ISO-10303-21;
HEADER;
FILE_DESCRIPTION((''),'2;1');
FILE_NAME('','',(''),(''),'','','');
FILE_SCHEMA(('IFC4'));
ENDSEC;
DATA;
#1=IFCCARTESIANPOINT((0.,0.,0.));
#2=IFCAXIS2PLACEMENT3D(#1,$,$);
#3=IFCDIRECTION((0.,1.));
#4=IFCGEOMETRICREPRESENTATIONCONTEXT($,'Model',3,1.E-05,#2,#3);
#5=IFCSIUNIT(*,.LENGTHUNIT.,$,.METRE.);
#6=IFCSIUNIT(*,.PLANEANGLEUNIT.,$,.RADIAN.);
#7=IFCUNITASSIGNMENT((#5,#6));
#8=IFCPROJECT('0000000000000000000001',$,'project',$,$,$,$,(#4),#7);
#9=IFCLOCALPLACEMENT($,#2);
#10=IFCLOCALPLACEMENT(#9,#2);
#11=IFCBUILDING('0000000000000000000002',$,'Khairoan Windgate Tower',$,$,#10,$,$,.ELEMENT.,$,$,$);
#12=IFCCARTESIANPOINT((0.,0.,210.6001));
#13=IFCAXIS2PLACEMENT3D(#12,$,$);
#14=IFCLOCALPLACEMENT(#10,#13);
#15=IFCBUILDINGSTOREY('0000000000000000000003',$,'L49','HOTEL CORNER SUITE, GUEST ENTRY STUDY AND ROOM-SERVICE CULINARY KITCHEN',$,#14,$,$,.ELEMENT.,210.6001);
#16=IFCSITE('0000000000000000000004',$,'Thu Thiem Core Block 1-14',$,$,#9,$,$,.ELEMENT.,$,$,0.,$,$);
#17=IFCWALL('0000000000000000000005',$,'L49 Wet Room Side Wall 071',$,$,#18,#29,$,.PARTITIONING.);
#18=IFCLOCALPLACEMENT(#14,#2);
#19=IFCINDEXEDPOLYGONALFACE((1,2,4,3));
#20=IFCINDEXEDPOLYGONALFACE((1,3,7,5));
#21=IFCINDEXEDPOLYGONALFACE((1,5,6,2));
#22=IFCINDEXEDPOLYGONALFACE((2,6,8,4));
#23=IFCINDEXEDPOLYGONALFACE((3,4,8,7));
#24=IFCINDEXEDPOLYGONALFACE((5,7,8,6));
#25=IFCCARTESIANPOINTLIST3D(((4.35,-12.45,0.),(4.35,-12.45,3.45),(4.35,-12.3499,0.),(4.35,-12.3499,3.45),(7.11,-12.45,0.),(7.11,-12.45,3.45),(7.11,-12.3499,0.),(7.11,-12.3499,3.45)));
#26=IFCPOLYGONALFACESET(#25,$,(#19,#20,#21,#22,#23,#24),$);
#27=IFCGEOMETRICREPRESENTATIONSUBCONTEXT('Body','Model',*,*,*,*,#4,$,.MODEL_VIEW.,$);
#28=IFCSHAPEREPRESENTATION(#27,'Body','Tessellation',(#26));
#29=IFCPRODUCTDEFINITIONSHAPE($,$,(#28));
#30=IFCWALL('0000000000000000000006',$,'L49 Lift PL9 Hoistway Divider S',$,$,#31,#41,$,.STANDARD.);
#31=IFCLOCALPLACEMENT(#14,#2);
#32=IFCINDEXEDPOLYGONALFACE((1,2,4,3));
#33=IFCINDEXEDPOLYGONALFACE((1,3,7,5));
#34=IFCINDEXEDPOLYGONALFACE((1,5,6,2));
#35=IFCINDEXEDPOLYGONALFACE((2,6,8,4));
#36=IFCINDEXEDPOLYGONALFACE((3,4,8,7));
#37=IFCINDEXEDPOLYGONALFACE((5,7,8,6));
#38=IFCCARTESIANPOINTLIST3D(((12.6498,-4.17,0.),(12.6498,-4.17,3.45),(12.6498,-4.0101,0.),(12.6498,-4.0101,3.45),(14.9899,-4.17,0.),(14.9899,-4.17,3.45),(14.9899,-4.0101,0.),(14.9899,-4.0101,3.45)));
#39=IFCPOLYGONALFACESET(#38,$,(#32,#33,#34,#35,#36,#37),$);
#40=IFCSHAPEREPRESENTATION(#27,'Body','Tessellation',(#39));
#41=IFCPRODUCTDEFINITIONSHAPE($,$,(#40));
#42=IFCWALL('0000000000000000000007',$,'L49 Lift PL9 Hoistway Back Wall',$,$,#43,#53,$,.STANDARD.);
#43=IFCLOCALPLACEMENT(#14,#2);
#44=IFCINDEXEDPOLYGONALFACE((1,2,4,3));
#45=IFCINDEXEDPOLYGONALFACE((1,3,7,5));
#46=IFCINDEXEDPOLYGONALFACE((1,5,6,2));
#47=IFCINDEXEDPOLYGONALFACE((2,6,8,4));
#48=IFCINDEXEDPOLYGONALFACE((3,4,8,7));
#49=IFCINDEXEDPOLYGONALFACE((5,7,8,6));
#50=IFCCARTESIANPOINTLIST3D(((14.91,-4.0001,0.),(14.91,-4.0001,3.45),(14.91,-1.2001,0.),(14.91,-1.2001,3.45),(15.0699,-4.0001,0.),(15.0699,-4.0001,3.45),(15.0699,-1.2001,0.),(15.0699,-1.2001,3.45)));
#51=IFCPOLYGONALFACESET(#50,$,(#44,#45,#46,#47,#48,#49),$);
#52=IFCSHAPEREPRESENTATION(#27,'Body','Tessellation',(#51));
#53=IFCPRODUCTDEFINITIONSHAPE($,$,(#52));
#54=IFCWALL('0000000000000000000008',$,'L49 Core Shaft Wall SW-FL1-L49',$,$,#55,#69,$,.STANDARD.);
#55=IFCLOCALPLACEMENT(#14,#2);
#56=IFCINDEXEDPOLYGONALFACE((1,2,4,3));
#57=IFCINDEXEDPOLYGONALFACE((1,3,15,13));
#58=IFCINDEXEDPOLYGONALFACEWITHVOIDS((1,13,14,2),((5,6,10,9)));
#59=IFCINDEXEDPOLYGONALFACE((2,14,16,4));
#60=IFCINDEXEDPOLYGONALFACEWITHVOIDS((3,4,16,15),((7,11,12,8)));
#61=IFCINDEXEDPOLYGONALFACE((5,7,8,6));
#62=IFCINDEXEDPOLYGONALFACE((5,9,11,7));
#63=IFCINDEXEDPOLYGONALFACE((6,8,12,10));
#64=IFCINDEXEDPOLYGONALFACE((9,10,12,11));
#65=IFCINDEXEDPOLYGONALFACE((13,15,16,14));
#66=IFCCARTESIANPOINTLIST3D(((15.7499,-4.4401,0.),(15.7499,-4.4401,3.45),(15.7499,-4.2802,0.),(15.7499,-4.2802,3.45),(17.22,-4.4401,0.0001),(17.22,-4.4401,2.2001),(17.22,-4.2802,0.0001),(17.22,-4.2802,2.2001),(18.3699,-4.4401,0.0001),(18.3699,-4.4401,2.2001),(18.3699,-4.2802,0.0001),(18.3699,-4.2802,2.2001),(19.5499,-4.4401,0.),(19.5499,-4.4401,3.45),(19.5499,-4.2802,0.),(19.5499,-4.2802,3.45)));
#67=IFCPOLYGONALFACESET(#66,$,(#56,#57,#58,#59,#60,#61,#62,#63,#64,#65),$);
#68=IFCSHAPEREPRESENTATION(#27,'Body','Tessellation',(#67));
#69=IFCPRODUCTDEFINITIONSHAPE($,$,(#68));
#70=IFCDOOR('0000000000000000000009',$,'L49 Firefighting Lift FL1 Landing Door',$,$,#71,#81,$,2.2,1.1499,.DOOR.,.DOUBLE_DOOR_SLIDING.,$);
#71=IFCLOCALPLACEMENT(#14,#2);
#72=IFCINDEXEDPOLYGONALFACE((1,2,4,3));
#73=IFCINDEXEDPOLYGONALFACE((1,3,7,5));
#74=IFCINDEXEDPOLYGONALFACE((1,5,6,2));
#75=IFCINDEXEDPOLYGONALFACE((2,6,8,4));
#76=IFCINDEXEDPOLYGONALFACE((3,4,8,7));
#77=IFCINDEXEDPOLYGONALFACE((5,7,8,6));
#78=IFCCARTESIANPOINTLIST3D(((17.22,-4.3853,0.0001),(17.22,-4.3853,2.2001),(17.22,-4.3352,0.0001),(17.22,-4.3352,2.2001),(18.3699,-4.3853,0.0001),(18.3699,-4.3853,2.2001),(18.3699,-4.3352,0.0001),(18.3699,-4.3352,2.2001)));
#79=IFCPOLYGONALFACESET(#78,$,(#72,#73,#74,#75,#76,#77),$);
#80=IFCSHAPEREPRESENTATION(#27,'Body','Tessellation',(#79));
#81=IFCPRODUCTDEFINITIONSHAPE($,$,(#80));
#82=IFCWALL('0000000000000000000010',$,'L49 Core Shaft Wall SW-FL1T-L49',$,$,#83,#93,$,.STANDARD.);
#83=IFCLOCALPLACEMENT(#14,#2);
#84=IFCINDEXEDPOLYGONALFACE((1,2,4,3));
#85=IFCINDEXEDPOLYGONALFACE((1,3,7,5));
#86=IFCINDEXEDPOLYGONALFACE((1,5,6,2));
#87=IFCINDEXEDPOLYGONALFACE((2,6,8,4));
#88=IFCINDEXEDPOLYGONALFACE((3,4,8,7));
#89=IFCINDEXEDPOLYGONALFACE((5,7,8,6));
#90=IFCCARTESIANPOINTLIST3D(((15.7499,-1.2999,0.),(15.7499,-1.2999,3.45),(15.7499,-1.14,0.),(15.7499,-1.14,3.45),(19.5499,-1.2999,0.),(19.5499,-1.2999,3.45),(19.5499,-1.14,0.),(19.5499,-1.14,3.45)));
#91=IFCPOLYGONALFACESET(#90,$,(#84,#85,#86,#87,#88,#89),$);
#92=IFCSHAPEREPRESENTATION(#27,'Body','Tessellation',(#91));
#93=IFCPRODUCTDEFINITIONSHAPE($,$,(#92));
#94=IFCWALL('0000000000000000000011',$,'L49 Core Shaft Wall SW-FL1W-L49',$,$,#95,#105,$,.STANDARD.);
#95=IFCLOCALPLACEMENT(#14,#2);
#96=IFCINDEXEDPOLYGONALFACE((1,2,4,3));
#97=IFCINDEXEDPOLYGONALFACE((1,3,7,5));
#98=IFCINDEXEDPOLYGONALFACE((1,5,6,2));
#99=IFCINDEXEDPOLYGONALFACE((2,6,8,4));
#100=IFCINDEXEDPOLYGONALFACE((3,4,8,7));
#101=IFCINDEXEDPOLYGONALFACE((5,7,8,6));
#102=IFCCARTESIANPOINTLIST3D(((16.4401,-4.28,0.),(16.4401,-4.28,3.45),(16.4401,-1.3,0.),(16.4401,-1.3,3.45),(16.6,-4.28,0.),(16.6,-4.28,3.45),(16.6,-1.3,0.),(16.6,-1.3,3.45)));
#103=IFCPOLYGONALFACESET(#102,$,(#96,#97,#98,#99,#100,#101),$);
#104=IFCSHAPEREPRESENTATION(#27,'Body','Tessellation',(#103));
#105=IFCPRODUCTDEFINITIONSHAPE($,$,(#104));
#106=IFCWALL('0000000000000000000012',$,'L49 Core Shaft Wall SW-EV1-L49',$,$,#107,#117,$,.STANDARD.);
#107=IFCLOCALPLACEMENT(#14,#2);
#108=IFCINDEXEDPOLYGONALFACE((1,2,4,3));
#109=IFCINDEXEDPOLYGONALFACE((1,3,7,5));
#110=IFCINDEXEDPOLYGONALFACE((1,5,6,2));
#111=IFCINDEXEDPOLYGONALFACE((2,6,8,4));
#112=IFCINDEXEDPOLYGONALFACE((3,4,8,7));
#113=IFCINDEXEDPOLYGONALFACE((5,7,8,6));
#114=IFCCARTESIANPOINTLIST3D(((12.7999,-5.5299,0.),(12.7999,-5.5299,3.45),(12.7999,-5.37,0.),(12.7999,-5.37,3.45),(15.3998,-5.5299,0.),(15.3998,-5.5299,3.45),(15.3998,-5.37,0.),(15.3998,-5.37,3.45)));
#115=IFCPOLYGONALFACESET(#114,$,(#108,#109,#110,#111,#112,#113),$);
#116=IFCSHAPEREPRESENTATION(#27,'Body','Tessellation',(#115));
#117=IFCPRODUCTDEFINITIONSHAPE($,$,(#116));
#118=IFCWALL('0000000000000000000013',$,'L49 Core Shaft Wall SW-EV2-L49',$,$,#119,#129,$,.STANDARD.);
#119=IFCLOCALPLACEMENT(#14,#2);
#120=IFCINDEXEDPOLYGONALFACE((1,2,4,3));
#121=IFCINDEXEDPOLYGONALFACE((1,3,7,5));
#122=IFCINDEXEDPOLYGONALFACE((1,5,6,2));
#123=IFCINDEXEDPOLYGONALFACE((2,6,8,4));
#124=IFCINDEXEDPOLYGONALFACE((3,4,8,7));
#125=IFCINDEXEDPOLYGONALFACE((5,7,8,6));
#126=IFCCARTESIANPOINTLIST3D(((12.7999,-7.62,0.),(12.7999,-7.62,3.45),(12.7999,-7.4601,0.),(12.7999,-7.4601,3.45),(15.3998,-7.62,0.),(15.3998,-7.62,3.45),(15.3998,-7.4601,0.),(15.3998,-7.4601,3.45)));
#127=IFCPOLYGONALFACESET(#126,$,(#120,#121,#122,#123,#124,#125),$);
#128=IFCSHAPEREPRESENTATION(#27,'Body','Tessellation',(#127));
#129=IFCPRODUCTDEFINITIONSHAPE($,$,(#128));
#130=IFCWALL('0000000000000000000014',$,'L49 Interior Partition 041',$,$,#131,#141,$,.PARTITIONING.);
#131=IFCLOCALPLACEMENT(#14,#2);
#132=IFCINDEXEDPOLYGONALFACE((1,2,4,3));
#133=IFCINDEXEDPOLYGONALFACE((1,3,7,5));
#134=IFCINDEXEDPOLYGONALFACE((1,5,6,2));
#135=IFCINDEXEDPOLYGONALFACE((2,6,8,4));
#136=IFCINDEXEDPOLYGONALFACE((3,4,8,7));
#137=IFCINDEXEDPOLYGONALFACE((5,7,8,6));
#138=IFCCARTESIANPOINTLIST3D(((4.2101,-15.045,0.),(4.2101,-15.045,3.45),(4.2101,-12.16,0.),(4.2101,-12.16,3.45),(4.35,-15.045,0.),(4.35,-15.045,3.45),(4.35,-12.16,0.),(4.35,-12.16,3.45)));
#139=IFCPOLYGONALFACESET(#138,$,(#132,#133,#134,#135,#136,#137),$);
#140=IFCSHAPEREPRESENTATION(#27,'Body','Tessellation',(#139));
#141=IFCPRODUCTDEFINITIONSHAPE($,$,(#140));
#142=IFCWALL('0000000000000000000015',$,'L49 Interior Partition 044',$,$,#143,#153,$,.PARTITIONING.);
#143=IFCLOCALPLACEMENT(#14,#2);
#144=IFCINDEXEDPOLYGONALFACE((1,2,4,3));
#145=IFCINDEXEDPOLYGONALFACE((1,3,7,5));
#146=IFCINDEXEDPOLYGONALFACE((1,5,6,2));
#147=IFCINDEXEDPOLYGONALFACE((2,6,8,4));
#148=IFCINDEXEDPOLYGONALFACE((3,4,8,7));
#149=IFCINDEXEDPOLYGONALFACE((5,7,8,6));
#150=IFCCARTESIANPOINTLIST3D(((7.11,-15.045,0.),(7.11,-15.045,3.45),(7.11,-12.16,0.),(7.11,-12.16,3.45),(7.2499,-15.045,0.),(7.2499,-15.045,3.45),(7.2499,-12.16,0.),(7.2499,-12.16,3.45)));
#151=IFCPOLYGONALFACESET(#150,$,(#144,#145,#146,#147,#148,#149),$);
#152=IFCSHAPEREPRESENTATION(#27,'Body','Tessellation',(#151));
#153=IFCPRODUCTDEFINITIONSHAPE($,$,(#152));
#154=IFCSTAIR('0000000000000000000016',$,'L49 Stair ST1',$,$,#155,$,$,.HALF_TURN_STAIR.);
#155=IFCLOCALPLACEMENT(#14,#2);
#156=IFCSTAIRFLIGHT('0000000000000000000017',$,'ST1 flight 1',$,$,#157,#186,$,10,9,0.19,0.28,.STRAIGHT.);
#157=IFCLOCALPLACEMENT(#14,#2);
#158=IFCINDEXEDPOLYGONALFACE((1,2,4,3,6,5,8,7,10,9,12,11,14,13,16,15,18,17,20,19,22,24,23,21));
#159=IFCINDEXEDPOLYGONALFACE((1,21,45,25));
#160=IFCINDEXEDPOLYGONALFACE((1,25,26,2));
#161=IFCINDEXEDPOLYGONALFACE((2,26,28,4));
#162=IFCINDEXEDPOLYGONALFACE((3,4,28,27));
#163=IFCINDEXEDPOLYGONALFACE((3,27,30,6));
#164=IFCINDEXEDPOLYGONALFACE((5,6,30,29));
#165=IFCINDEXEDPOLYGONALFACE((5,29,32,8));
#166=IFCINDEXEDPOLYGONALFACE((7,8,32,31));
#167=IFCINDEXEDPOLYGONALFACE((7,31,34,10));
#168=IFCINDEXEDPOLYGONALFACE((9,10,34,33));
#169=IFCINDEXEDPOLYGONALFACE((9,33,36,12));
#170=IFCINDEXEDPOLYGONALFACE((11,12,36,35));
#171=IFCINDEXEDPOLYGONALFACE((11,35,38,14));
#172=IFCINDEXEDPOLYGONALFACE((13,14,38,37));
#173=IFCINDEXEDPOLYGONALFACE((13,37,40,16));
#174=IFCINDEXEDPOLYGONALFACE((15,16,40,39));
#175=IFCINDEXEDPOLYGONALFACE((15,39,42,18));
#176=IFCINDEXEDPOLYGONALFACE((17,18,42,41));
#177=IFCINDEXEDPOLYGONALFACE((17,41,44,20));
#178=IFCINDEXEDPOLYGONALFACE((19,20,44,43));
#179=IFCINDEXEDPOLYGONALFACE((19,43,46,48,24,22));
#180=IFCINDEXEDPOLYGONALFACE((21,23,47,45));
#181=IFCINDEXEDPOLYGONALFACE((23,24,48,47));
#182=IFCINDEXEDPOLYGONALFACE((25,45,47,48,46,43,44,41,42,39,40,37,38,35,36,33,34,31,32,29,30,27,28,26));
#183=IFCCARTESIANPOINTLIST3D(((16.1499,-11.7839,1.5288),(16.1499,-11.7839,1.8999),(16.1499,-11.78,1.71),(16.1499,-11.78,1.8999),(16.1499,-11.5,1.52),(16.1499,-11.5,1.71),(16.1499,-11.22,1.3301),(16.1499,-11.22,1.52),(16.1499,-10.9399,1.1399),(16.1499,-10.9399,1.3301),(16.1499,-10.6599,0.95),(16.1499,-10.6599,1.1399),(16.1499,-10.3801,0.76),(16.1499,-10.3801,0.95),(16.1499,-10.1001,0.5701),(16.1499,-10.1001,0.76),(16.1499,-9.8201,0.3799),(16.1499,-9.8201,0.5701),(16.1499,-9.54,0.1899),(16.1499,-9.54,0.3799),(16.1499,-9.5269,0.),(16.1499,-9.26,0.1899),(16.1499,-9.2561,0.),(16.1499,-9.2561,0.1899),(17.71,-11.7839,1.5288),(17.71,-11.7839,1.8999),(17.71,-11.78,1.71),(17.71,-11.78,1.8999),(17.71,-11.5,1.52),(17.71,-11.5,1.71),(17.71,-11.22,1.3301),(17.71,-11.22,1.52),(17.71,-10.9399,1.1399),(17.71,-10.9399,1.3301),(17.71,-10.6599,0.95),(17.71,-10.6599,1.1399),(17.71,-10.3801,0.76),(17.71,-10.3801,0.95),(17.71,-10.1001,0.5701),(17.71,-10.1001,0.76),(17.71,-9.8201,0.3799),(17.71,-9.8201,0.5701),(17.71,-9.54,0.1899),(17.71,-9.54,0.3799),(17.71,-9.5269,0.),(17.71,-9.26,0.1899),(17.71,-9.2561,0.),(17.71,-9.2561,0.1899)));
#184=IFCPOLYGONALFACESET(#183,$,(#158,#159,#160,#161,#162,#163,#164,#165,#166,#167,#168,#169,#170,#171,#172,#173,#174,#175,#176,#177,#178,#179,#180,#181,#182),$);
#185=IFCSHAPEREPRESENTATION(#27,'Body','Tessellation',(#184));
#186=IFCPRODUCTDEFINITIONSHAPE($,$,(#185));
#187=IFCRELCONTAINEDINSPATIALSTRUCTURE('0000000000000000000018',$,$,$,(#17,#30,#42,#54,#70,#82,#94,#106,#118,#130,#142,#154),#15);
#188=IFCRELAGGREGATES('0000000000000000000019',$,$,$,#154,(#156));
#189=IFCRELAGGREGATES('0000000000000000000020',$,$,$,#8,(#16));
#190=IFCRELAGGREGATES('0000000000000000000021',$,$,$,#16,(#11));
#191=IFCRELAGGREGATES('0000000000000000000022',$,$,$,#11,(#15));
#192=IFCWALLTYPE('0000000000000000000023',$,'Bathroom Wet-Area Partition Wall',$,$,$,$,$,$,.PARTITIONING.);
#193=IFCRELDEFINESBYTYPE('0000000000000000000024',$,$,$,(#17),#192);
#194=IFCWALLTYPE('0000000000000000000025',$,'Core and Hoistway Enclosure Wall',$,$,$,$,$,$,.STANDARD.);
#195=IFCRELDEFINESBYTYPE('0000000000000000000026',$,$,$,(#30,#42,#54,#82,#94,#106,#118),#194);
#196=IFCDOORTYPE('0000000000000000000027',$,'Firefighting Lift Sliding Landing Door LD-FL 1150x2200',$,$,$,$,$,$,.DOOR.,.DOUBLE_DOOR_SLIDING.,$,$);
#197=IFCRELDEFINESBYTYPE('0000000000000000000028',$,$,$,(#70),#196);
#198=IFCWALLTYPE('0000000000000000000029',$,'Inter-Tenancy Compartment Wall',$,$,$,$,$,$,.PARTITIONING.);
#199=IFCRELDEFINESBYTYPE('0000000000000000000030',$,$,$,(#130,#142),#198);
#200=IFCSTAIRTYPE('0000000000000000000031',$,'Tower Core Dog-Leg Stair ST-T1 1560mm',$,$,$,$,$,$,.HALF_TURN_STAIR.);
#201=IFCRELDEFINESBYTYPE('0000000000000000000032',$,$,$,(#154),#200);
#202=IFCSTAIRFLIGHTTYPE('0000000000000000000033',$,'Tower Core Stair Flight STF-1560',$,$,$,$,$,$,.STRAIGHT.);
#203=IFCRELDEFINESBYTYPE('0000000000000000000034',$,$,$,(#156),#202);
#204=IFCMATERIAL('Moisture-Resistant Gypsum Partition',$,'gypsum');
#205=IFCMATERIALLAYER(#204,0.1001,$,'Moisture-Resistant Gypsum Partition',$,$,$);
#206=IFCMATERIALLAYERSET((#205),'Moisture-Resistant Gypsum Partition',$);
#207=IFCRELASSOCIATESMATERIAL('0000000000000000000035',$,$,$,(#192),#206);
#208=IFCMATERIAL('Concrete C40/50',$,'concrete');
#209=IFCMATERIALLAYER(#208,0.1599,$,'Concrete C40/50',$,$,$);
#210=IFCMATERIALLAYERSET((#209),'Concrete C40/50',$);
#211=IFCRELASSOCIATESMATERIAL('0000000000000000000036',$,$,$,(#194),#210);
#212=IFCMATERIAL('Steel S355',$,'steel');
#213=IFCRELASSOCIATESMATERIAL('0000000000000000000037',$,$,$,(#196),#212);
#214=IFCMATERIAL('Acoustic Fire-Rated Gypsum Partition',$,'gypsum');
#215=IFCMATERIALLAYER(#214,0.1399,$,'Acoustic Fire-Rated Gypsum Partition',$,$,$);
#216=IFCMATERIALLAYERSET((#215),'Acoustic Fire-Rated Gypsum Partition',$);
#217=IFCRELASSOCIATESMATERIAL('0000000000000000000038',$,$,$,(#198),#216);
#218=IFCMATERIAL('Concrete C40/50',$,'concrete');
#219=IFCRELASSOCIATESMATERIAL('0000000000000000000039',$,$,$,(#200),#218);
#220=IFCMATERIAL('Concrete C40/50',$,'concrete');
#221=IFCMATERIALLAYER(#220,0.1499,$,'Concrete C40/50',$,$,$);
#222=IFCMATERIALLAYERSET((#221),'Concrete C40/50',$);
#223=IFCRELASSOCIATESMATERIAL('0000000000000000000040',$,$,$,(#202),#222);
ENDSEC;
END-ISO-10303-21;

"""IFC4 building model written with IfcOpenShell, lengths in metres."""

from ifc_helpers import new_model, si_unit, direction, frame, frame_2d, origin, place, context, subcontext, project, spatial, polyline, rectangle, outline, extrude, material, layer, layer_set, type_object, element, fill, aggregate, save


model = new_model("IFC4")

# Units and contexts
model_context = context("Model", 3, precision=1e-05, world=origin(), true_north=direction((0.0, 1.0)))
body_context = subcontext(model_context, "Body", "Model", "MODEL_VIEW")
ifc_project = project(units=[si_unit("LENGTHUNIT", "METRE"), si_unit("PLANEANGLEUNIT", "RADIAN")], contexts=[model_context])

# Site, building, storey
site_placement = place(None, origin())
site = spatial("IfcSite", under=ifc_project, at=site_placement, Name="Thu Thiem Core Block 1-14", CompositionType="ELEMENT", RefElevation=0.0)
building_placement = place(site_placement, origin())
building = spatial("IfcBuilding", under=site, at=building_placement, Name="Khairoan Windgate Tower", CompositionType="ELEMENT")
storey_placement = place(building_placement, frame((0.0, 0.0, 210.6001)))
storey = spatial("IfcBuildingStorey", under=building, at=storey_placement, Name="L49", Description="HOTEL CORNER SUITE, GUEST ENTRY STUDY AND ROOM-SERVICE CULINARY KITCHEN", CompositionType="ELEMENT", Elevation=210.6001)

# Walls
ifc_material_1 = material(Name="Moisture-Resistant Gypsum Partition", Category="gypsum")
ifc_layer_1 = layer(ifc_material_1, 0.1001, Name="Moisture-Resistant Gypsum Partition")
ifc_layer_set_1 = layer_set([ifc_layer_1], Name="Moisture-Resistant Gypsum Partition")
wall_type_1 = type_object("IfcWallType", Name="Bathroom Wet-Area Partition Wall", PredefinedType="PARTITIONING", material=ifc_layer_set_1)
wall_1_placement = place(storey_placement, frame((4.3501, -12.3999, 0.0), z_axis=(0.0, 0.0, 1.0), x_axis=(1.0, 0.0, 0.0)))
element("IfcWall", 1, at=wall_1_placement, inside=storey, type_object=wall_type_1, Name="L49 Wet Room Side Wall 071", PredefinedType="PARTITIONING", context=body_context, shape_type="SweptSolid", body=[
    extrude(rectangle(XDim=2.76, YDim=0.1001, at=frame_2d((1.3799, 0.0))), origin(), (0.0, 0.0, 1.0), 3.45),
])
ifc_material_2 = material(Name="Concrete C40/50", Category="concrete")
ifc_layer_2 = layer(ifc_material_2, 0.1599, Name="Concrete C40/50")
ifc_layer_set_2 = layer_set([ifc_layer_2], Name="Concrete C40/50")
wall_type_2 = type_object("IfcWallType", Name="Core and Hoistway Enclosure Wall", PredefinedType="STANDARD", material=ifc_layer_set_2)
wall_2_placement = place(storey_placement, frame((12.6499, -4.0901, 0.0), z_axis=(0.0, 0.0, 1.0), x_axis=(1.0, 0.0, 0.0)))
element("IfcWall", 2, at=wall_2_placement, inside=storey, type_object=wall_type_2, Name="L49 Lift PL9 Hoistway Divider S", PredefinedType="STANDARD", context=body_context, shape_type="SweptSolid", body=[
    extrude(rectangle(XDim=2.3401, YDim=0.1599, at=frame_2d((1.1699, 0.0))), origin(), (0.0, 0.0, 1.0), 3.45),
])
wall_3_placement = place(storey_placement, frame((14.99, -4.0, 0.0), z_axis=(0.0, 0.0, 1.0), x_axis=(0.0, 1.0, 0.0)))
element("IfcWall", 3, at=wall_3_placement, inside=storey, type_object=wall_type_2, Name="L49 Lift PL9 Hoistway Back Wall", PredefinedType="STANDARD", context=body_context, shape_type="SweptSolid", body=[
    extrude(rectangle(XDim=2.8, YDim=0.1599, at=frame_2d((1.3999, 0.0))), origin(), (0.0, 0.0, 1.0), 3.45),
])

# Wall, opening, door
wall_4_placement = place(storey_placement, frame((15.75, -4.3601, 0.0), z_axis=(0.0, 0.0, 1.0), x_axis=(1.0, 0.0, 0.0)))
wall_4 = element("IfcWall", 4, at=wall_4_placement, inside=storey, type_object=wall_type_2, Name="L49 Core Shaft Wall SW-FL1-L49", PredefinedType="STANDARD", context=body_context, shape_type="SweptSolid", body=[
    extrude(rectangle(XDim=3.8, YDim=0.1599, at=frame_2d((1.8999, 0.0))), origin(), (0.0, 0.0, 1.0), 3.45),
])
opening_placement = place(wall_4_placement, frame((1.47, 0.0, 0.0)))
opening = element("IfcOpeningElement", 5, at=opening_placement, cuts=wall_4, PredefinedType="OPENING", context=body_context, shape_type="SweptSolid", body=[
    extrude(rectangle(XDim=1.1499, YDim=2.2, at=frame_2d((0.575, 1.1001))), frame((0.0, 0.0898, 0.0), z_axis=(0.0, -1.0, 0.0), x_axis=(1.0, 0.0, 0.0)), (0.0, 0.0, 1.0), 0.1799),
])
ifc_material_3 = material(Name="Steel S355", Category="steel")
door_type = type_object("IfcDoorType", Name="Firefighting Lift Sliding Landing Door LD-FL 1150x2200", OperationType="DOUBLE_DOOR_SLIDING", PredefinedType="DOOR", material=ifc_material_3)
door_placement = place(opening_placement, origin())
door = element("IfcDoor", 6, at=door_placement, inside=storey, type_object=door_type, Name="L49 Firefighting Lift FL1 Landing Door", OperationType="DOUBLE_DOOR_SLIDING", OverallHeight=2.2, OverallWidth=1.1499, PredefinedType="DOOR", context=body_context, shape_type="SweptSolid", body=[
    extrude(rectangle(XDim=1.1499, YDim=2.2, at=frame_2d((0.575, 1.1001))), frame((0.0, 0.0249, 0.0), z_axis=(0.0, -1.0, 0.0), x_axis=(1.0, 0.0, 0.0)), (0.0, 0.0, 1.0), 0.05),
])
fill(opening, door)

# Walls
wall_5_placement = place(storey_placement, frame((15.75, -1.22, 0.0), z_axis=(0.0, 0.0, 1.0), x_axis=(1.0, 0.0, 0.0)))
element("IfcWall", 7, at=wall_5_placement, inside=storey, type_object=wall_type_2, Name="L49 Core Shaft Wall SW-FL1T-L49", PredefinedType="STANDARD", context=body_context, shape_type="SweptSolid", body=[
    extrude(rectangle(XDim=3.8, YDim=0.1599, at=frame_2d((1.8999, 0.0))), origin(), (0.0, 0.0, 1.0), 3.45),
])
wall_6_placement = place(storey_placement, frame((16.52, -4.28, 0.0), z_axis=(0.0, 0.0, 1.0), x_axis=(0.0, 1.0, 0.0)))
element("IfcWall", 8, at=wall_6_placement, inside=storey, type_object=wall_type_2, Name="L49 Core Shaft Wall SW-FL1W-L49", PredefinedType="STANDARD", context=body_context, shape_type="SweptSolid", body=[
    extrude(rectangle(XDim=2.98, YDim=0.1599, at=frame_2d((1.49, 0.0))), origin(), (0.0, 0.0, 1.0), 3.45),
])
for number, where, z_axis, x_axis, name in (
    (9, (12.8, -5.45, 0.0), (0.0, 0.0, 1.0), (1.0, 0.0, 0.0), "L49 Core Shaft Wall SW-EV1-L49"),
    (10, (12.8, -7.54, 0.0), (0.0, 0.0, 1.0), (1.0, 0.0, 0.0), "L49 Core Shaft Wall SW-EV2-L49"),
):
    element("IfcWall", number, at=place(storey_placement, frame(where, z_axis=z_axis, x_axis=x_axis)), inside=storey, type_object=wall_type_2, Name=name, PredefinedType="STANDARD", context=body_context, shape_type="SweptSolid", body=[
        extrude(rectangle(XDim=2.5999, YDim=0.1599, at=frame_2d((1.2998, 0.0))), origin(), (0.0, 0.0, 1.0), 3.45),
    ])
ifc_material_4 = material(Name="Acoustic Fire-Rated Gypsum Partition", Category="gypsum")
ifc_layer_3 = layer(ifc_material_4, 0.1399, Name="Acoustic Fire-Rated Gypsum Partition")
ifc_layer_set_3 = layer_set([ifc_layer_3], Name="Acoustic Fire-Rated Gypsum Partition")
wall_type_3 = type_object("IfcWallType", Name="Inter-Tenancy Compartment Wall", PredefinedType="PARTITIONING", material=ifc_layer_set_3)
for number, where, z_axis, x_axis, name in (
    (11, (4.28, -15.0449, 0.0), (0.0, 0.0, 1.0), (0.0, 1.0, 0.0), "L49 Interior Partition 041"),
    (12, (7.1799, -15.0449, 0.0), (0.0, 0.0, 1.0), (0.0, 1.0, 0.0), "L49 Interior Partition 044"),
):
    element("IfcWall", number, at=place(storey_placement, frame(where, z_axis=z_axis, x_axis=x_axis)), inside=storey, type_object=wall_type_3, Name=name, PredefinedType="PARTITIONING", context=body_context, shape_type="SweptSolid", body=[
        extrude(rectangle(XDim=2.885, YDim=0.1399, at=frame_2d((1.4424, 0.0))), origin(), (0.0, 0.0, 1.0), 3.45),
    ])

# Stair, stair flight
ifc_material_5 = material(Name="Concrete C40/50", Category="concrete")
stair_type = type_object("IfcStairType", Name="Tower Core Dog-Leg Stair ST-T1 1560mm", PredefinedType="HALF_TURN_STAIR", material=ifc_material_5)
stair_placement = place(storey_placement, origin())
stair = element("IfcStair", 13, at=stair_placement, inside=storey, type_object=stair_type, Name="L49 Stair ST1", PredefinedType="HALF_TURN_STAIR")
ifc_material_6 = material(Name="Concrete C40/50", Category="concrete")
ifc_layer_4 = layer(ifc_material_6, 0.1499, Name="Concrete C40/50")
ifc_layer_set_4 = layer_set([ifc_layer_4], Name="Concrete C40/50")
stair_flight_type = type_object("IfcStairFlightType", Name="Tower Core Stair Flight STF-1560", PredefinedType="STRAIGHT", material=ifc_layer_set_4)
stair_flight_placement = place(storey_placement, frame((16.9299, -9.26, 0.0), z_axis=(0.0, 0.0, 1.0), x_axis=(0.0, -1.0, 0.0)))
stair_flight = element("IfcStairFlight", 14, at=stair_flight_placement, type_object=stair_flight_type, Name="ST1 flight 1", NumberOfRisers=10, NumberOfTreads=9, PredefinedType="STRAIGHT", RiserHeight=0.19, TreadLength=0.28, context=body_context, shape_type="SweptSolid", body=[
    extrude(outline(polyline([(-0.0039, 0.0), (-0.0039, 0.1899), (0.0, 0.1899), (0.28, 0.1899), (0.28, 0.3799), (0.5601, 0.3799), (0.5601, 0.5701), (0.8401, 0.5701), (0.8401, 0.76), (1.1201, 0.76), (1.1201, 0.95), (1.3999, 0.95), (1.3999, 1.1399), (1.6799, 1.1399), (1.6799, 1.3301), (1.96, 1.3301), (1.96, 1.52), (2.24, 1.52), (2.24, 1.71), (2.52, 1.71), (2.52, 1.8999), (2.5239, 1.8999), (2.5239, 1.5288), (0.2668, 0.0), (-0.0039, 0.0)])), frame((0.0, 0.78, 0.0), z_axis=(0.0, -1.0, 0.0), x_axis=(1.0, 0.0, 0.0)), (0.0, 0.0, 1.0), 1.5601),
])
aggregate(stair, [stair_flight])

save(model, "model.ifc")
